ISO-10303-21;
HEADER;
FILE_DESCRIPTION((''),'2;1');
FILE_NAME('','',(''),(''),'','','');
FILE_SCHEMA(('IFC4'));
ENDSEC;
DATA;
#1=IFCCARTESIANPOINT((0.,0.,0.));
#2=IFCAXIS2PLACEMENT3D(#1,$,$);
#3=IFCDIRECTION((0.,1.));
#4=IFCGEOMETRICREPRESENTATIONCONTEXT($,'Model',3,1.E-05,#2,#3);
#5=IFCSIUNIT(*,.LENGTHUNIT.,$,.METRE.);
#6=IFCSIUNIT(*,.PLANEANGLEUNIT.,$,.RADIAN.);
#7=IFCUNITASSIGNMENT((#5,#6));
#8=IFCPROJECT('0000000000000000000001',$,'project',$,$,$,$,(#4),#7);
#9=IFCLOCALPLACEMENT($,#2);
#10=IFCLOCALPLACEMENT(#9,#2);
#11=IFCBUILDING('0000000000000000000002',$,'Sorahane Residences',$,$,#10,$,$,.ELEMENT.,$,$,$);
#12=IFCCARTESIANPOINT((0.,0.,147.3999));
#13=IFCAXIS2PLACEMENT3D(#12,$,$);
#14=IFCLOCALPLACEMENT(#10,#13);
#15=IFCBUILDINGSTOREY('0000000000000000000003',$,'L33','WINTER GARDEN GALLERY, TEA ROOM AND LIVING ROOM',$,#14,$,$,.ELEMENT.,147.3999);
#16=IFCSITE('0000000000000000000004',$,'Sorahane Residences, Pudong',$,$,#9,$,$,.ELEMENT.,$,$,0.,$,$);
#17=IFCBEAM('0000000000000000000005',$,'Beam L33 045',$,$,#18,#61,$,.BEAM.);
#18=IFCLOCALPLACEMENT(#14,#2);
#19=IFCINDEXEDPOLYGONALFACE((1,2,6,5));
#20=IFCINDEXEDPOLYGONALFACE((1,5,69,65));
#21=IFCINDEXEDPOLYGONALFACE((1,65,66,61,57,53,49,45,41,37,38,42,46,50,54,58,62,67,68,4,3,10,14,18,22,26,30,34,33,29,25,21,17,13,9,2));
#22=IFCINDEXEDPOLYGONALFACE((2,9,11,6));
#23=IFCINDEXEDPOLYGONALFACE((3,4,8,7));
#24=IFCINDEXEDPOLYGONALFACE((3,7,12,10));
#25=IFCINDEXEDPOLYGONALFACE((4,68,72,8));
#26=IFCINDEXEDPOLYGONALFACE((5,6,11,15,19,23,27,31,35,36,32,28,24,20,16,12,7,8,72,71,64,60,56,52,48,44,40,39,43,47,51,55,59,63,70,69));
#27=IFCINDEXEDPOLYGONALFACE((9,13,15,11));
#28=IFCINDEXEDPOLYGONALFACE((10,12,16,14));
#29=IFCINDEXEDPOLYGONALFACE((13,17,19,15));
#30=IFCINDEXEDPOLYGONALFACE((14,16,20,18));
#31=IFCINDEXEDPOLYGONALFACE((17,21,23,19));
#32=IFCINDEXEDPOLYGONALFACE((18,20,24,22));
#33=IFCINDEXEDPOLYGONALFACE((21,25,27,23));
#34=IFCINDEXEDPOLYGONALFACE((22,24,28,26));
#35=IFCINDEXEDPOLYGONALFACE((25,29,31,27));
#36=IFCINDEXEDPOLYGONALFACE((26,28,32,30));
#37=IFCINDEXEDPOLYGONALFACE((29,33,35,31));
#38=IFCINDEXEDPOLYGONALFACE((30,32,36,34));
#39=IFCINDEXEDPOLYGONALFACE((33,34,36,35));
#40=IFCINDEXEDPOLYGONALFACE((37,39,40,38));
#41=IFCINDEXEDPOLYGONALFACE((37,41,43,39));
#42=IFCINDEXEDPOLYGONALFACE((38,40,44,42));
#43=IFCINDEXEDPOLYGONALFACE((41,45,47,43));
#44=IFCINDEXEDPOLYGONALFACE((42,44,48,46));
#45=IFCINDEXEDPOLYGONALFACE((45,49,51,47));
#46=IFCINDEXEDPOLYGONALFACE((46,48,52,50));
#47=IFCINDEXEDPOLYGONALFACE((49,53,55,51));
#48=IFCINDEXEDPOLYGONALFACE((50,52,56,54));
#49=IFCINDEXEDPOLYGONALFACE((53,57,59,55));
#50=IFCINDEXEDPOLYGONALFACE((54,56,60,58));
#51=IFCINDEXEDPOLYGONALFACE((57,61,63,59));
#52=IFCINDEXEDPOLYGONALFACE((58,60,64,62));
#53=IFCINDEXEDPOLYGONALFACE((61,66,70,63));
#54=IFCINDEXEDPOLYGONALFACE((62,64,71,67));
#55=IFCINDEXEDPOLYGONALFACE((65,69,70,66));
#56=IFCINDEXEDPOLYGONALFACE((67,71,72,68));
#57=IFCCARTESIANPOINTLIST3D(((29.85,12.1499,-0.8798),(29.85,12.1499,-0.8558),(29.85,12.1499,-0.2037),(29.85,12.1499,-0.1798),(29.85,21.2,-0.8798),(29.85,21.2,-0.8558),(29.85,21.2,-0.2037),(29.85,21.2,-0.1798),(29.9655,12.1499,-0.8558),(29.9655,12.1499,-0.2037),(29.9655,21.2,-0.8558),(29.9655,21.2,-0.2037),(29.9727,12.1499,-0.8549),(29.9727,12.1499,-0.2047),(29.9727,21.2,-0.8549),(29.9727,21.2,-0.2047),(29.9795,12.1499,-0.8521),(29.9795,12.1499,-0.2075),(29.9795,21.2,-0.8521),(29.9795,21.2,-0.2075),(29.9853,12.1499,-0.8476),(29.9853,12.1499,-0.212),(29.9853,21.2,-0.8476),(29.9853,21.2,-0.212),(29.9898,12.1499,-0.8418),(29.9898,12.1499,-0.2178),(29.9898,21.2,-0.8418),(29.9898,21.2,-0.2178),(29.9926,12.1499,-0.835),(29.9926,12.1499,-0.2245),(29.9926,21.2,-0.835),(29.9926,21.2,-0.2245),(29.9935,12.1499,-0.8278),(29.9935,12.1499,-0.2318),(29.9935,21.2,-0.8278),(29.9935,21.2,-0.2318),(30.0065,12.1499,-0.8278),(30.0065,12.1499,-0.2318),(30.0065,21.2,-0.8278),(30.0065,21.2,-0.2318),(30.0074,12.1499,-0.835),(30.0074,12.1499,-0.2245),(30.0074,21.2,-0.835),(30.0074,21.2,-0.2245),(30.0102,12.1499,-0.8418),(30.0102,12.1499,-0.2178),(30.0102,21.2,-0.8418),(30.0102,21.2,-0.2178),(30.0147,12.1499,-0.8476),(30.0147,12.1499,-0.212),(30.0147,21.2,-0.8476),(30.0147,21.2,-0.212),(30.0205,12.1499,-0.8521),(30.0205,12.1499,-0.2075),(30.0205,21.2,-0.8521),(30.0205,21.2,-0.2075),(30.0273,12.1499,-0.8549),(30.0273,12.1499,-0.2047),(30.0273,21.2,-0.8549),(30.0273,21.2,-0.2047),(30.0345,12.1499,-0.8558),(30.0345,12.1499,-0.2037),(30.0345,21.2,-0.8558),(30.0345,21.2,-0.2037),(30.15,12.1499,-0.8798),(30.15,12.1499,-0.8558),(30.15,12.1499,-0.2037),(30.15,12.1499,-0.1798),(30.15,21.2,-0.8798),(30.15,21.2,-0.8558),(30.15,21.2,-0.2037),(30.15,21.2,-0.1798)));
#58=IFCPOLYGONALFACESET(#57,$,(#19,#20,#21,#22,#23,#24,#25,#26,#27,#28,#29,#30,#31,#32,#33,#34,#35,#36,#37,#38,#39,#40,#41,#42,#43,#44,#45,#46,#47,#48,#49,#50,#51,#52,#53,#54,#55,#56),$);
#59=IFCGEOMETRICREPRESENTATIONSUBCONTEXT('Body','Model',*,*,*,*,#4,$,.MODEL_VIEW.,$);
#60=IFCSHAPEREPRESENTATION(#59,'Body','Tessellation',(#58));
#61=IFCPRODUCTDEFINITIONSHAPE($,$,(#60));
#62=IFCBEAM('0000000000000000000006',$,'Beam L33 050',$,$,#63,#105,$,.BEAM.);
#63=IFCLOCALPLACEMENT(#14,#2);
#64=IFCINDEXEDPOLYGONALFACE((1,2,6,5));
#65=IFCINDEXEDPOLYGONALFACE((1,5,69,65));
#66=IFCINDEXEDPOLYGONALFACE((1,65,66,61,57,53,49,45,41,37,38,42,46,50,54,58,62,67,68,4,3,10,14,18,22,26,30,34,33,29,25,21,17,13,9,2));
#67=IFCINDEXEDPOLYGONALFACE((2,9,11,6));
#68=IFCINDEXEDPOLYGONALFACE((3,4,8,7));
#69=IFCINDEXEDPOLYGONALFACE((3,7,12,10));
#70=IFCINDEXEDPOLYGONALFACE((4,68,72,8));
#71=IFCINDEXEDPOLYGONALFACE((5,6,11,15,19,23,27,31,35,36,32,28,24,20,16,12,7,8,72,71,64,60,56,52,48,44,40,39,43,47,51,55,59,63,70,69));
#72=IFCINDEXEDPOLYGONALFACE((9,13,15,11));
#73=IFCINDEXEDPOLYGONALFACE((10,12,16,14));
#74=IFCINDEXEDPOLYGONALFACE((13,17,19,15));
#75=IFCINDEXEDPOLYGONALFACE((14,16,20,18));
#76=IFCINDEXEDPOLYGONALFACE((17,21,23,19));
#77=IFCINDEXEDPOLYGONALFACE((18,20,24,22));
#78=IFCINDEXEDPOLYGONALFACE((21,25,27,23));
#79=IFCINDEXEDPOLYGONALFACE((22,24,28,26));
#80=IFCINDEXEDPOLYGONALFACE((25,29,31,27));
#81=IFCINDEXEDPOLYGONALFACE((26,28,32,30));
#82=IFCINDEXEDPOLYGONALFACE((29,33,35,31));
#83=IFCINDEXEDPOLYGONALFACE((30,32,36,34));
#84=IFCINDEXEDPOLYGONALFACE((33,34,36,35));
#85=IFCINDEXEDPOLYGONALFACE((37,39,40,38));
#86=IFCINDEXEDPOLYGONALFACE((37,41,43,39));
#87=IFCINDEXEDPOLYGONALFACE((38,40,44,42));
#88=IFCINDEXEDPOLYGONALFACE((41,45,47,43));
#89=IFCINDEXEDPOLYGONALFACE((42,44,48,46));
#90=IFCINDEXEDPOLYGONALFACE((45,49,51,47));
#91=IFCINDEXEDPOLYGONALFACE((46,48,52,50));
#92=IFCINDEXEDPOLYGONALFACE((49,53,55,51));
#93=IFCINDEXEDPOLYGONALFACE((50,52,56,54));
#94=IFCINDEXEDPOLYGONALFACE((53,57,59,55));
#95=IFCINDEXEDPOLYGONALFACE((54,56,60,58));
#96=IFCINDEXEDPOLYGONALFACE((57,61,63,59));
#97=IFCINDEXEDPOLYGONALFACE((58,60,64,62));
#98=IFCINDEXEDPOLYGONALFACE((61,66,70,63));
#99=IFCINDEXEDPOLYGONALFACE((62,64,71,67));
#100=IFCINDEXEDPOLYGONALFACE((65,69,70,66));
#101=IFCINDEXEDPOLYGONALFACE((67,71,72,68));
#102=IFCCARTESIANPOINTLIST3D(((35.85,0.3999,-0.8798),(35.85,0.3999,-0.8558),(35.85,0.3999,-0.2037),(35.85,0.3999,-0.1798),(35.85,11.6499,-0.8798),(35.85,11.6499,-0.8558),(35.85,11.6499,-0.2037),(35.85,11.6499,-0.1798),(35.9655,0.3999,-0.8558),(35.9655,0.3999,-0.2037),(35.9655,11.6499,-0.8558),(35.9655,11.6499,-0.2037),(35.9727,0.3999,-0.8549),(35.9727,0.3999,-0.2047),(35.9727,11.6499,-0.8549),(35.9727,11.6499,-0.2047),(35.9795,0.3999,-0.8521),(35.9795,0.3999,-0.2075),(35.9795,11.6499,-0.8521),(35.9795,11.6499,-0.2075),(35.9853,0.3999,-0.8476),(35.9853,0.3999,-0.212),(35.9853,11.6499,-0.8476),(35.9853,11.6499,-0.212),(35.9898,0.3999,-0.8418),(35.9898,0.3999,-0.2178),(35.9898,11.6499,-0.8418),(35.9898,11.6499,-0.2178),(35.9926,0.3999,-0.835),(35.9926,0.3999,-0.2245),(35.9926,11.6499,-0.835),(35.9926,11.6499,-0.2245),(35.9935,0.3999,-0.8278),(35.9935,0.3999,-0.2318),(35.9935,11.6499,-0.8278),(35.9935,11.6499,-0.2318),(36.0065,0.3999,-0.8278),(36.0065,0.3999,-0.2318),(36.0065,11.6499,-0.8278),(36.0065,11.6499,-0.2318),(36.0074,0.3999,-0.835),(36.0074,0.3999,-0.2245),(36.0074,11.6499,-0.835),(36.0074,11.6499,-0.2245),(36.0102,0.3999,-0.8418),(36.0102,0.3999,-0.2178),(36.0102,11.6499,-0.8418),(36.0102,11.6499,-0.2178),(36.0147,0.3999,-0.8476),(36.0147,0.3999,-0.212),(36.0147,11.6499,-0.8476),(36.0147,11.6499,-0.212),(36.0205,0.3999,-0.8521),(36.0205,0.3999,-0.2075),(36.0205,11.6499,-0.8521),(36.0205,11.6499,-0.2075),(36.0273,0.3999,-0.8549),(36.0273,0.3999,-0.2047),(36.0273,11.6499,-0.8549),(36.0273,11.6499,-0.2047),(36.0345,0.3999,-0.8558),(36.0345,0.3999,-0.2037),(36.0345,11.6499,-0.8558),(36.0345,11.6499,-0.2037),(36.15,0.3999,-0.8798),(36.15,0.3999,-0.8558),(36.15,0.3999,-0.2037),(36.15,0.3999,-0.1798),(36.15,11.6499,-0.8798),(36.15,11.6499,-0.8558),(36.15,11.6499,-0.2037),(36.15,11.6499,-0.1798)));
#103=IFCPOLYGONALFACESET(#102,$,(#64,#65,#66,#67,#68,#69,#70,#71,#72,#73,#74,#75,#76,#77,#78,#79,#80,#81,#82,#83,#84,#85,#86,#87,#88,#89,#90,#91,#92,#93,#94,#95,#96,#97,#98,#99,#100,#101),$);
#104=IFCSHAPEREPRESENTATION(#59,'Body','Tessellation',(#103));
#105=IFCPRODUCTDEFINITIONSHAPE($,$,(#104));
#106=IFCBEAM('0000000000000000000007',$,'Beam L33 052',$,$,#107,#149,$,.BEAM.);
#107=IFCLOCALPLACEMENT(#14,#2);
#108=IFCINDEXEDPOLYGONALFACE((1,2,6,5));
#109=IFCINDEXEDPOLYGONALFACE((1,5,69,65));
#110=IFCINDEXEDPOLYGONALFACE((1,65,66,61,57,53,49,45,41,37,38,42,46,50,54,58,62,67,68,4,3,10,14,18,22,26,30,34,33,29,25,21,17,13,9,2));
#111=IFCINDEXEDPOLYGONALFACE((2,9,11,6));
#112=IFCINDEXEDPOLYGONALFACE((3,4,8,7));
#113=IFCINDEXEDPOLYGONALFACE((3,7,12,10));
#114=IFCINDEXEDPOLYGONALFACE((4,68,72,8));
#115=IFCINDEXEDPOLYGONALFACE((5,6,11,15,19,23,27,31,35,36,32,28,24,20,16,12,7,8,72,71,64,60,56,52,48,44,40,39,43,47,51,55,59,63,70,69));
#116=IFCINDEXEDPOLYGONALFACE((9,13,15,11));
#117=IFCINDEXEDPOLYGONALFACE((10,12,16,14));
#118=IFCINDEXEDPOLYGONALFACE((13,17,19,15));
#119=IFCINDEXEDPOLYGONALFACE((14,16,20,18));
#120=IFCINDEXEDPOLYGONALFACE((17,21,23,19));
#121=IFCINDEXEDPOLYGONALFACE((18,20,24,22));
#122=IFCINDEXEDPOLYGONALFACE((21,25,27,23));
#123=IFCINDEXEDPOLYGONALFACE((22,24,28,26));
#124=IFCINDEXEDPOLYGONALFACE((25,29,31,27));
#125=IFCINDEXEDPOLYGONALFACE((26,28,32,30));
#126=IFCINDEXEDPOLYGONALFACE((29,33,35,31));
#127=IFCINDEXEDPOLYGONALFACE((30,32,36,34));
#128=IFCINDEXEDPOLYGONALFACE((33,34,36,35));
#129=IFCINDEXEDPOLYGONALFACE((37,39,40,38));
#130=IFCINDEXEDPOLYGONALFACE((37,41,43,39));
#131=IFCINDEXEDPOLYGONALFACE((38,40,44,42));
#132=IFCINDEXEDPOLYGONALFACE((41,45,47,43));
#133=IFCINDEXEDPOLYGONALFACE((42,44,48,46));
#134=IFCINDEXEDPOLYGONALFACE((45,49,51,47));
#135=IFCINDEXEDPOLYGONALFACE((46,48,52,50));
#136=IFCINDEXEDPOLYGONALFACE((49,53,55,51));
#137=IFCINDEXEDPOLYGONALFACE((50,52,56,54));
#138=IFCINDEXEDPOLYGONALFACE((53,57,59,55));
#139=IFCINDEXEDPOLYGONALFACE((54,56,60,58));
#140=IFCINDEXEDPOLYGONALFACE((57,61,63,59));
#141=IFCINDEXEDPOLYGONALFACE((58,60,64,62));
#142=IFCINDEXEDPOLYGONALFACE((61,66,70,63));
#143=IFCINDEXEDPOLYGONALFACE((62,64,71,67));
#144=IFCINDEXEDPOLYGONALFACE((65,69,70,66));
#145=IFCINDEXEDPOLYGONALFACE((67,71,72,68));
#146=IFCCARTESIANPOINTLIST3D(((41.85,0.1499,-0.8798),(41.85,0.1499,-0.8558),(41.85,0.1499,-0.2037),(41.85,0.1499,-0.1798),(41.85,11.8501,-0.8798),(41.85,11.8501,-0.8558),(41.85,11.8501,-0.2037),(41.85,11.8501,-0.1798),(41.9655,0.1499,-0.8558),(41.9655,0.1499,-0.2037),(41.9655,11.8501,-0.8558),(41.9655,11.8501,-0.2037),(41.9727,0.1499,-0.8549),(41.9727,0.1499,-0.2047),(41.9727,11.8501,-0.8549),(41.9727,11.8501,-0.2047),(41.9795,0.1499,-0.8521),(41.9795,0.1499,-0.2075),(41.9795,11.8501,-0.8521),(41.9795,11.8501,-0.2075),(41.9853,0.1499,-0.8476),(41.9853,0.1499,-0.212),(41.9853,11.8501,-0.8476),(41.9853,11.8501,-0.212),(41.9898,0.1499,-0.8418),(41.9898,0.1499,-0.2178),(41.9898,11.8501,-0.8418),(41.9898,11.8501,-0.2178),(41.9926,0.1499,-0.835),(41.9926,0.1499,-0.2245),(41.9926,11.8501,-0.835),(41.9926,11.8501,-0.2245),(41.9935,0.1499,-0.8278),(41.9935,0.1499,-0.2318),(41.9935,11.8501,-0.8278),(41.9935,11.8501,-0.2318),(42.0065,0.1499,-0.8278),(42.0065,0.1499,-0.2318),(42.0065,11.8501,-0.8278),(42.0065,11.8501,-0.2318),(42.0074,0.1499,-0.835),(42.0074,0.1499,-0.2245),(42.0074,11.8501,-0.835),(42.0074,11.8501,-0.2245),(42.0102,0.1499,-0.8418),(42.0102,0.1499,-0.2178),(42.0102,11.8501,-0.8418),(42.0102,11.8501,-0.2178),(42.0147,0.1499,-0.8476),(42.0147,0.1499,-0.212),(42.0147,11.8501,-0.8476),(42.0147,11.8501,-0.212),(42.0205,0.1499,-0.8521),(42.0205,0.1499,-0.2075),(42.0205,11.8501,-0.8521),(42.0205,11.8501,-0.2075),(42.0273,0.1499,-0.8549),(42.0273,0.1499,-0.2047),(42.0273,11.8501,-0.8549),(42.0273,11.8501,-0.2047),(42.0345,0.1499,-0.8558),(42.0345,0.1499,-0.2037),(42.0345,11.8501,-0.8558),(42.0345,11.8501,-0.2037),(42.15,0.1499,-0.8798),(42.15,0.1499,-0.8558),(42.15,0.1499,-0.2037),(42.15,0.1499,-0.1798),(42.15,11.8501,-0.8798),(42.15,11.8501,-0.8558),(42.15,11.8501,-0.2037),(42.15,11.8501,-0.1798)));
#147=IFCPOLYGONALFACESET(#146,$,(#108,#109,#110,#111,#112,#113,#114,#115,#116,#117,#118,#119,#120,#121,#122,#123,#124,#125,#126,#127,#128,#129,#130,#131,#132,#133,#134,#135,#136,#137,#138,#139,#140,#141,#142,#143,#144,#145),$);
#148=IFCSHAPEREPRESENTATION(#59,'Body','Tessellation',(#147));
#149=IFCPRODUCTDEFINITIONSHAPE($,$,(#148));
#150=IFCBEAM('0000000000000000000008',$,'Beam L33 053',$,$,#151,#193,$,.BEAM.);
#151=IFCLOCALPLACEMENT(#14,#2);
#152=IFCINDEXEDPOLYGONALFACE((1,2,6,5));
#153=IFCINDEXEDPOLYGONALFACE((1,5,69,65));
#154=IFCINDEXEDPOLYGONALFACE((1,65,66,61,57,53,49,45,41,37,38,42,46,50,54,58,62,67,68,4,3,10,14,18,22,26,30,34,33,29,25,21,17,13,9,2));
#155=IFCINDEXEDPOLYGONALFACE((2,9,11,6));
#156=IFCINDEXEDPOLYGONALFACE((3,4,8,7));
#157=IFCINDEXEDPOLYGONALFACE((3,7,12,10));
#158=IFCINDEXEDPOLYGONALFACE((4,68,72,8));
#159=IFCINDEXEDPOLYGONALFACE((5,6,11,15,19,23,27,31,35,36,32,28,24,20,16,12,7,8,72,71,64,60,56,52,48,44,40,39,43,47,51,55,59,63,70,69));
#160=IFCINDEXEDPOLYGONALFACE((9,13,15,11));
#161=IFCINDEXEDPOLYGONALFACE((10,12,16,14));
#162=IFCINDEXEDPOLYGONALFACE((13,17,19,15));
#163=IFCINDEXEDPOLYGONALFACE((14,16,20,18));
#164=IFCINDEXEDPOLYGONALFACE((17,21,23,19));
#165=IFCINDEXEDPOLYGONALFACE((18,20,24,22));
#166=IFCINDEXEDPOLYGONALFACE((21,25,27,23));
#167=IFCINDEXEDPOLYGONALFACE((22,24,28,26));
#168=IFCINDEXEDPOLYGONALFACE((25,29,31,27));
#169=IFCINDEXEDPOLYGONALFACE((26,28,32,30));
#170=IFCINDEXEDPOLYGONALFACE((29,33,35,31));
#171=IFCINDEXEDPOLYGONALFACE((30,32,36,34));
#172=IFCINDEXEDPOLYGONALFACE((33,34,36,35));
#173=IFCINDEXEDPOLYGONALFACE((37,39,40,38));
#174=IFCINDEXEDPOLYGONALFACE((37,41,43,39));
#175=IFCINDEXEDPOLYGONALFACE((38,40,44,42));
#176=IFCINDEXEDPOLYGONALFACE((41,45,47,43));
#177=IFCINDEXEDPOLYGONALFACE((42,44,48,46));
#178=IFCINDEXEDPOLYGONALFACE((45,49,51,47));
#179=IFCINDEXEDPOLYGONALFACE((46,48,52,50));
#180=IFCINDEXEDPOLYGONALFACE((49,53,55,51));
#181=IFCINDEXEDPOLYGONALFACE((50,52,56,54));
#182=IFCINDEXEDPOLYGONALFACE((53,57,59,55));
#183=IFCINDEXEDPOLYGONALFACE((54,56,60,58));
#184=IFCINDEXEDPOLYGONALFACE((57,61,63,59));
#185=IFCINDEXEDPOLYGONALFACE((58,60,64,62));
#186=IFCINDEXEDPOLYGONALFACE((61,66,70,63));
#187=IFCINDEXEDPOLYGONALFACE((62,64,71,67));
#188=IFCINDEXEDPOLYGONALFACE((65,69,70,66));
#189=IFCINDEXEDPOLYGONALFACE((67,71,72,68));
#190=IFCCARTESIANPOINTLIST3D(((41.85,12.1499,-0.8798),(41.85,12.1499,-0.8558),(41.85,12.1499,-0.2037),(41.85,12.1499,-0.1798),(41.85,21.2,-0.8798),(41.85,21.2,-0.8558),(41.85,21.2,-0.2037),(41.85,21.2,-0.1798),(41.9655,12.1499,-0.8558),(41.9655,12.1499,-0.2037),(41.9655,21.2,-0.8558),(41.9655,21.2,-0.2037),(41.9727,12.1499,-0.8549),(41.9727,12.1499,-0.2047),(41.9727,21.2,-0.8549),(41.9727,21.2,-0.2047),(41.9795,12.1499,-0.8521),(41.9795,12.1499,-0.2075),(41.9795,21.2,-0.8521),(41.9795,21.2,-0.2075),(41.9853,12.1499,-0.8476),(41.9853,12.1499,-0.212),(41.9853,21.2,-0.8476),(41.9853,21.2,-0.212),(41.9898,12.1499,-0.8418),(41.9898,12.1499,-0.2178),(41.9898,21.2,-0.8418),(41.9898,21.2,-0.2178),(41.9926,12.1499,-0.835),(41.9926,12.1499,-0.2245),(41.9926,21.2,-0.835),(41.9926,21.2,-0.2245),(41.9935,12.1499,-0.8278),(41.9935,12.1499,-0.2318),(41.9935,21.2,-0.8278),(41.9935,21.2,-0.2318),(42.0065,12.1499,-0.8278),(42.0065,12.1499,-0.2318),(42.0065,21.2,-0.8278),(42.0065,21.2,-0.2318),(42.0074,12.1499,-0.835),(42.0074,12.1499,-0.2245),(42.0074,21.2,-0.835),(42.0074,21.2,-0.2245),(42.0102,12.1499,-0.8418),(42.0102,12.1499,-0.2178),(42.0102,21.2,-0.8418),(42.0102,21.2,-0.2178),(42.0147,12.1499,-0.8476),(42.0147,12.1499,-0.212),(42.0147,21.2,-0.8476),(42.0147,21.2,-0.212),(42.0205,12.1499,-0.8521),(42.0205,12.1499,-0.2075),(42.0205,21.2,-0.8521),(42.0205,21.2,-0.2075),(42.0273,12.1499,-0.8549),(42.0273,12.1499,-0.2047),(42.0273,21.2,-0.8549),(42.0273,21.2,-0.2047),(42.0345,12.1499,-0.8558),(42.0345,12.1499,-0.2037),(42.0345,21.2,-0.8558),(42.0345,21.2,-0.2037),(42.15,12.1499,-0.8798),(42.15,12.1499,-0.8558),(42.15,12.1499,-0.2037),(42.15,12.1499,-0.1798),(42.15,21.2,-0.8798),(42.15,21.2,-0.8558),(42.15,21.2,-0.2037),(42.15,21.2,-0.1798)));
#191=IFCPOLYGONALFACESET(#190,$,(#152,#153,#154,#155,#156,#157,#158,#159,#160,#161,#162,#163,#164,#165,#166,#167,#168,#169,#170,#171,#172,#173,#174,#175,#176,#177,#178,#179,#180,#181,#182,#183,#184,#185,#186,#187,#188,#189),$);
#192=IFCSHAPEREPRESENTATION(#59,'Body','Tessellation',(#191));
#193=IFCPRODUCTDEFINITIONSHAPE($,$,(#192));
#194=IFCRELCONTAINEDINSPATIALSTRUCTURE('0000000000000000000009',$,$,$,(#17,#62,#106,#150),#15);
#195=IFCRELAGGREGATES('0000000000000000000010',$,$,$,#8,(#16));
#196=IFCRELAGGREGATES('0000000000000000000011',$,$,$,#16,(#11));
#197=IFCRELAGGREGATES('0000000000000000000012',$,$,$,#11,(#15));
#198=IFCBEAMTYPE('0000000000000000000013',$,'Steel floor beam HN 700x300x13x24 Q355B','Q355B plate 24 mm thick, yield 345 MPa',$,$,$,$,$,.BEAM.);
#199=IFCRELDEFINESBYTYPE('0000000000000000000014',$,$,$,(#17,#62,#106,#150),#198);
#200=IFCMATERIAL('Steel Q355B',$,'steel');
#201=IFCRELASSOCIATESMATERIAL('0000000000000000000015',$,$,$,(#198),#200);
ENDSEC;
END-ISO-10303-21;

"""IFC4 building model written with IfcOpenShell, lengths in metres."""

from ifc_helpers import new_model, si_unit, direction, frame, origin, origin_2d, place, context, subcontext, project, spatial, i_section, extrude, material, material_profile, profile_set, type_object, element, save


model = new_model("IFC4")

# Units and contexts
model_context = context("Model", 3, precision=1e-05, world=origin(), true_north=direction((0.0, 1.0)))
body_context = subcontext(model_context, "Body", "Model", "MODEL_VIEW")
ifc_project = project(units=[si_unit("LENGTHUNIT", "METRE"), si_unit("PLANEANGLEUNIT", "RADIAN")], contexts=[model_context])

# Site, building, storey
site_placement = place(None, origin())
site = spatial("IfcSite", under=ifc_project, at=site_placement, Name="Sorahane Residences, Pudong", CompositionType="ELEMENT", RefElevation=0.0)
building_placement = place(site_placement, origin())
building = spatial("IfcBuilding", under=site, at=building_placement, Name="Sorahane Residences", CompositionType="ELEMENT")
storey_placement = place(building_placement, frame((0.0, 0.0, 147.3999)))
storey = spatial("IfcBuildingStorey", under=building, at=storey_placement, Name="L33", Description="WINTER GARDEN GALLERY, TEA ROOM AND LIVING ROOM", CompositionType="ELEMENT", Elevation=147.3999)

# Beams
ifc_material_1 = material(Name="Steel Q355B", Category="steel")
ifc_material_profile_1 = material_profile(ifc_material_1, i_section(OverallWidth=0.3, OverallDepth=0.7, WebThickness=0.0129, FlangeThickness=0.0239, FilletRadius=0.0281, at=origin_2d()), Name="HN 700x300x13x24")
ifc_profile_set_1 = profile_set([ifc_material_profile_1], Name="Steel Q355B")
beam_type_1 = type_object("IfcBeamType", Name="Steel floor beam HN 700x300x13x24 Q355B", Description="Q355B plate 24 mm thick, yield 345 MPa", PredefinedType="BEAM", material=ifc_profile_set_1)
beam_1_placement = place(storey_placement, frame((30.0, 12.1499, -0.5298), z_axis=(0.0, 1.0, 0.0), x_axis=(-1.0, 0.0, 0.0)))
element("IfcBeam", 1, at=beam_1_placement, inside=storey, type_object=beam_type_1, Name="Beam L33 045", PredefinedType="BEAM", context=body_context, shape_type="SweptSolid", body=[
    extrude(i_section(OverallWidth=0.3, OverallDepth=0.7, WebThickness=0.0129, FlangeThickness=0.0239, FilletRadius=0.0281, at=origin_2d()), origin(), (0.0, 0.0, 1.0), 9.05),
])
beam_2_placement = place(storey_placement, frame((36.0, 0.3999, -0.5298), z_axis=(0.0, 1.0, 0.0), x_axis=(-1.0, 0.0, 0.0)))
element("IfcBeam", 2, at=beam_2_placement, inside=storey, type_object=beam_type_1, Name="Beam L33 050", PredefinedType="BEAM", context=body_context, shape_type="SweptSolid", body=[
    extrude(i_section(OverallWidth=0.3, OverallDepth=0.7, WebThickness=0.0129, FlangeThickness=0.0239, FilletRadius=0.0281, at=origin_2d()), origin(), (0.0, 0.0, 1.0), 11.25),
])
beam_3_placement = place(storey_placement, frame((42.0, 0.1499, -0.5298), z_axis=(0.0, 1.0, 0.0), x_axis=(-1.0, 0.0, 0.0)))
element("IfcBeam", 3, at=beam_3_placement, inside=storey, type_object=beam_type_1, Name="Beam L33 052", PredefinedType="BEAM", context=body_context, shape_type="SweptSolid", body=[
    extrude(i_section(OverallWidth=0.3, OverallDepth=0.7, WebThickness=0.0129, FlangeThickness=0.0239, FilletRadius=0.0281, at=origin_2d()), origin(), (0.0, 0.0, 1.0), 11.7002),
])
beam_4_placement = place(storey_placement, frame((42.0, 12.1499, -0.5298), z_axis=(0.0, 1.0, 0.0), x_axis=(-1.0, 0.0, 0.0)))
element("IfcBeam", 4, at=beam_4_placement, inside=storey, type_object=beam_type_1, Name="Beam L33 053", PredefinedType="BEAM", context=body_context, shape_type="SweptSolid", body=[
    extrude(i_section(OverallWidth=0.3, OverallDepth=0.7, WebThickness=0.0129, FlangeThickness=0.0239, FilletRadius=0.0281, at=origin_2d()), origin(), (0.0, 0.0, 1.0), 9.05),
])

save(model, "model.ifc")
